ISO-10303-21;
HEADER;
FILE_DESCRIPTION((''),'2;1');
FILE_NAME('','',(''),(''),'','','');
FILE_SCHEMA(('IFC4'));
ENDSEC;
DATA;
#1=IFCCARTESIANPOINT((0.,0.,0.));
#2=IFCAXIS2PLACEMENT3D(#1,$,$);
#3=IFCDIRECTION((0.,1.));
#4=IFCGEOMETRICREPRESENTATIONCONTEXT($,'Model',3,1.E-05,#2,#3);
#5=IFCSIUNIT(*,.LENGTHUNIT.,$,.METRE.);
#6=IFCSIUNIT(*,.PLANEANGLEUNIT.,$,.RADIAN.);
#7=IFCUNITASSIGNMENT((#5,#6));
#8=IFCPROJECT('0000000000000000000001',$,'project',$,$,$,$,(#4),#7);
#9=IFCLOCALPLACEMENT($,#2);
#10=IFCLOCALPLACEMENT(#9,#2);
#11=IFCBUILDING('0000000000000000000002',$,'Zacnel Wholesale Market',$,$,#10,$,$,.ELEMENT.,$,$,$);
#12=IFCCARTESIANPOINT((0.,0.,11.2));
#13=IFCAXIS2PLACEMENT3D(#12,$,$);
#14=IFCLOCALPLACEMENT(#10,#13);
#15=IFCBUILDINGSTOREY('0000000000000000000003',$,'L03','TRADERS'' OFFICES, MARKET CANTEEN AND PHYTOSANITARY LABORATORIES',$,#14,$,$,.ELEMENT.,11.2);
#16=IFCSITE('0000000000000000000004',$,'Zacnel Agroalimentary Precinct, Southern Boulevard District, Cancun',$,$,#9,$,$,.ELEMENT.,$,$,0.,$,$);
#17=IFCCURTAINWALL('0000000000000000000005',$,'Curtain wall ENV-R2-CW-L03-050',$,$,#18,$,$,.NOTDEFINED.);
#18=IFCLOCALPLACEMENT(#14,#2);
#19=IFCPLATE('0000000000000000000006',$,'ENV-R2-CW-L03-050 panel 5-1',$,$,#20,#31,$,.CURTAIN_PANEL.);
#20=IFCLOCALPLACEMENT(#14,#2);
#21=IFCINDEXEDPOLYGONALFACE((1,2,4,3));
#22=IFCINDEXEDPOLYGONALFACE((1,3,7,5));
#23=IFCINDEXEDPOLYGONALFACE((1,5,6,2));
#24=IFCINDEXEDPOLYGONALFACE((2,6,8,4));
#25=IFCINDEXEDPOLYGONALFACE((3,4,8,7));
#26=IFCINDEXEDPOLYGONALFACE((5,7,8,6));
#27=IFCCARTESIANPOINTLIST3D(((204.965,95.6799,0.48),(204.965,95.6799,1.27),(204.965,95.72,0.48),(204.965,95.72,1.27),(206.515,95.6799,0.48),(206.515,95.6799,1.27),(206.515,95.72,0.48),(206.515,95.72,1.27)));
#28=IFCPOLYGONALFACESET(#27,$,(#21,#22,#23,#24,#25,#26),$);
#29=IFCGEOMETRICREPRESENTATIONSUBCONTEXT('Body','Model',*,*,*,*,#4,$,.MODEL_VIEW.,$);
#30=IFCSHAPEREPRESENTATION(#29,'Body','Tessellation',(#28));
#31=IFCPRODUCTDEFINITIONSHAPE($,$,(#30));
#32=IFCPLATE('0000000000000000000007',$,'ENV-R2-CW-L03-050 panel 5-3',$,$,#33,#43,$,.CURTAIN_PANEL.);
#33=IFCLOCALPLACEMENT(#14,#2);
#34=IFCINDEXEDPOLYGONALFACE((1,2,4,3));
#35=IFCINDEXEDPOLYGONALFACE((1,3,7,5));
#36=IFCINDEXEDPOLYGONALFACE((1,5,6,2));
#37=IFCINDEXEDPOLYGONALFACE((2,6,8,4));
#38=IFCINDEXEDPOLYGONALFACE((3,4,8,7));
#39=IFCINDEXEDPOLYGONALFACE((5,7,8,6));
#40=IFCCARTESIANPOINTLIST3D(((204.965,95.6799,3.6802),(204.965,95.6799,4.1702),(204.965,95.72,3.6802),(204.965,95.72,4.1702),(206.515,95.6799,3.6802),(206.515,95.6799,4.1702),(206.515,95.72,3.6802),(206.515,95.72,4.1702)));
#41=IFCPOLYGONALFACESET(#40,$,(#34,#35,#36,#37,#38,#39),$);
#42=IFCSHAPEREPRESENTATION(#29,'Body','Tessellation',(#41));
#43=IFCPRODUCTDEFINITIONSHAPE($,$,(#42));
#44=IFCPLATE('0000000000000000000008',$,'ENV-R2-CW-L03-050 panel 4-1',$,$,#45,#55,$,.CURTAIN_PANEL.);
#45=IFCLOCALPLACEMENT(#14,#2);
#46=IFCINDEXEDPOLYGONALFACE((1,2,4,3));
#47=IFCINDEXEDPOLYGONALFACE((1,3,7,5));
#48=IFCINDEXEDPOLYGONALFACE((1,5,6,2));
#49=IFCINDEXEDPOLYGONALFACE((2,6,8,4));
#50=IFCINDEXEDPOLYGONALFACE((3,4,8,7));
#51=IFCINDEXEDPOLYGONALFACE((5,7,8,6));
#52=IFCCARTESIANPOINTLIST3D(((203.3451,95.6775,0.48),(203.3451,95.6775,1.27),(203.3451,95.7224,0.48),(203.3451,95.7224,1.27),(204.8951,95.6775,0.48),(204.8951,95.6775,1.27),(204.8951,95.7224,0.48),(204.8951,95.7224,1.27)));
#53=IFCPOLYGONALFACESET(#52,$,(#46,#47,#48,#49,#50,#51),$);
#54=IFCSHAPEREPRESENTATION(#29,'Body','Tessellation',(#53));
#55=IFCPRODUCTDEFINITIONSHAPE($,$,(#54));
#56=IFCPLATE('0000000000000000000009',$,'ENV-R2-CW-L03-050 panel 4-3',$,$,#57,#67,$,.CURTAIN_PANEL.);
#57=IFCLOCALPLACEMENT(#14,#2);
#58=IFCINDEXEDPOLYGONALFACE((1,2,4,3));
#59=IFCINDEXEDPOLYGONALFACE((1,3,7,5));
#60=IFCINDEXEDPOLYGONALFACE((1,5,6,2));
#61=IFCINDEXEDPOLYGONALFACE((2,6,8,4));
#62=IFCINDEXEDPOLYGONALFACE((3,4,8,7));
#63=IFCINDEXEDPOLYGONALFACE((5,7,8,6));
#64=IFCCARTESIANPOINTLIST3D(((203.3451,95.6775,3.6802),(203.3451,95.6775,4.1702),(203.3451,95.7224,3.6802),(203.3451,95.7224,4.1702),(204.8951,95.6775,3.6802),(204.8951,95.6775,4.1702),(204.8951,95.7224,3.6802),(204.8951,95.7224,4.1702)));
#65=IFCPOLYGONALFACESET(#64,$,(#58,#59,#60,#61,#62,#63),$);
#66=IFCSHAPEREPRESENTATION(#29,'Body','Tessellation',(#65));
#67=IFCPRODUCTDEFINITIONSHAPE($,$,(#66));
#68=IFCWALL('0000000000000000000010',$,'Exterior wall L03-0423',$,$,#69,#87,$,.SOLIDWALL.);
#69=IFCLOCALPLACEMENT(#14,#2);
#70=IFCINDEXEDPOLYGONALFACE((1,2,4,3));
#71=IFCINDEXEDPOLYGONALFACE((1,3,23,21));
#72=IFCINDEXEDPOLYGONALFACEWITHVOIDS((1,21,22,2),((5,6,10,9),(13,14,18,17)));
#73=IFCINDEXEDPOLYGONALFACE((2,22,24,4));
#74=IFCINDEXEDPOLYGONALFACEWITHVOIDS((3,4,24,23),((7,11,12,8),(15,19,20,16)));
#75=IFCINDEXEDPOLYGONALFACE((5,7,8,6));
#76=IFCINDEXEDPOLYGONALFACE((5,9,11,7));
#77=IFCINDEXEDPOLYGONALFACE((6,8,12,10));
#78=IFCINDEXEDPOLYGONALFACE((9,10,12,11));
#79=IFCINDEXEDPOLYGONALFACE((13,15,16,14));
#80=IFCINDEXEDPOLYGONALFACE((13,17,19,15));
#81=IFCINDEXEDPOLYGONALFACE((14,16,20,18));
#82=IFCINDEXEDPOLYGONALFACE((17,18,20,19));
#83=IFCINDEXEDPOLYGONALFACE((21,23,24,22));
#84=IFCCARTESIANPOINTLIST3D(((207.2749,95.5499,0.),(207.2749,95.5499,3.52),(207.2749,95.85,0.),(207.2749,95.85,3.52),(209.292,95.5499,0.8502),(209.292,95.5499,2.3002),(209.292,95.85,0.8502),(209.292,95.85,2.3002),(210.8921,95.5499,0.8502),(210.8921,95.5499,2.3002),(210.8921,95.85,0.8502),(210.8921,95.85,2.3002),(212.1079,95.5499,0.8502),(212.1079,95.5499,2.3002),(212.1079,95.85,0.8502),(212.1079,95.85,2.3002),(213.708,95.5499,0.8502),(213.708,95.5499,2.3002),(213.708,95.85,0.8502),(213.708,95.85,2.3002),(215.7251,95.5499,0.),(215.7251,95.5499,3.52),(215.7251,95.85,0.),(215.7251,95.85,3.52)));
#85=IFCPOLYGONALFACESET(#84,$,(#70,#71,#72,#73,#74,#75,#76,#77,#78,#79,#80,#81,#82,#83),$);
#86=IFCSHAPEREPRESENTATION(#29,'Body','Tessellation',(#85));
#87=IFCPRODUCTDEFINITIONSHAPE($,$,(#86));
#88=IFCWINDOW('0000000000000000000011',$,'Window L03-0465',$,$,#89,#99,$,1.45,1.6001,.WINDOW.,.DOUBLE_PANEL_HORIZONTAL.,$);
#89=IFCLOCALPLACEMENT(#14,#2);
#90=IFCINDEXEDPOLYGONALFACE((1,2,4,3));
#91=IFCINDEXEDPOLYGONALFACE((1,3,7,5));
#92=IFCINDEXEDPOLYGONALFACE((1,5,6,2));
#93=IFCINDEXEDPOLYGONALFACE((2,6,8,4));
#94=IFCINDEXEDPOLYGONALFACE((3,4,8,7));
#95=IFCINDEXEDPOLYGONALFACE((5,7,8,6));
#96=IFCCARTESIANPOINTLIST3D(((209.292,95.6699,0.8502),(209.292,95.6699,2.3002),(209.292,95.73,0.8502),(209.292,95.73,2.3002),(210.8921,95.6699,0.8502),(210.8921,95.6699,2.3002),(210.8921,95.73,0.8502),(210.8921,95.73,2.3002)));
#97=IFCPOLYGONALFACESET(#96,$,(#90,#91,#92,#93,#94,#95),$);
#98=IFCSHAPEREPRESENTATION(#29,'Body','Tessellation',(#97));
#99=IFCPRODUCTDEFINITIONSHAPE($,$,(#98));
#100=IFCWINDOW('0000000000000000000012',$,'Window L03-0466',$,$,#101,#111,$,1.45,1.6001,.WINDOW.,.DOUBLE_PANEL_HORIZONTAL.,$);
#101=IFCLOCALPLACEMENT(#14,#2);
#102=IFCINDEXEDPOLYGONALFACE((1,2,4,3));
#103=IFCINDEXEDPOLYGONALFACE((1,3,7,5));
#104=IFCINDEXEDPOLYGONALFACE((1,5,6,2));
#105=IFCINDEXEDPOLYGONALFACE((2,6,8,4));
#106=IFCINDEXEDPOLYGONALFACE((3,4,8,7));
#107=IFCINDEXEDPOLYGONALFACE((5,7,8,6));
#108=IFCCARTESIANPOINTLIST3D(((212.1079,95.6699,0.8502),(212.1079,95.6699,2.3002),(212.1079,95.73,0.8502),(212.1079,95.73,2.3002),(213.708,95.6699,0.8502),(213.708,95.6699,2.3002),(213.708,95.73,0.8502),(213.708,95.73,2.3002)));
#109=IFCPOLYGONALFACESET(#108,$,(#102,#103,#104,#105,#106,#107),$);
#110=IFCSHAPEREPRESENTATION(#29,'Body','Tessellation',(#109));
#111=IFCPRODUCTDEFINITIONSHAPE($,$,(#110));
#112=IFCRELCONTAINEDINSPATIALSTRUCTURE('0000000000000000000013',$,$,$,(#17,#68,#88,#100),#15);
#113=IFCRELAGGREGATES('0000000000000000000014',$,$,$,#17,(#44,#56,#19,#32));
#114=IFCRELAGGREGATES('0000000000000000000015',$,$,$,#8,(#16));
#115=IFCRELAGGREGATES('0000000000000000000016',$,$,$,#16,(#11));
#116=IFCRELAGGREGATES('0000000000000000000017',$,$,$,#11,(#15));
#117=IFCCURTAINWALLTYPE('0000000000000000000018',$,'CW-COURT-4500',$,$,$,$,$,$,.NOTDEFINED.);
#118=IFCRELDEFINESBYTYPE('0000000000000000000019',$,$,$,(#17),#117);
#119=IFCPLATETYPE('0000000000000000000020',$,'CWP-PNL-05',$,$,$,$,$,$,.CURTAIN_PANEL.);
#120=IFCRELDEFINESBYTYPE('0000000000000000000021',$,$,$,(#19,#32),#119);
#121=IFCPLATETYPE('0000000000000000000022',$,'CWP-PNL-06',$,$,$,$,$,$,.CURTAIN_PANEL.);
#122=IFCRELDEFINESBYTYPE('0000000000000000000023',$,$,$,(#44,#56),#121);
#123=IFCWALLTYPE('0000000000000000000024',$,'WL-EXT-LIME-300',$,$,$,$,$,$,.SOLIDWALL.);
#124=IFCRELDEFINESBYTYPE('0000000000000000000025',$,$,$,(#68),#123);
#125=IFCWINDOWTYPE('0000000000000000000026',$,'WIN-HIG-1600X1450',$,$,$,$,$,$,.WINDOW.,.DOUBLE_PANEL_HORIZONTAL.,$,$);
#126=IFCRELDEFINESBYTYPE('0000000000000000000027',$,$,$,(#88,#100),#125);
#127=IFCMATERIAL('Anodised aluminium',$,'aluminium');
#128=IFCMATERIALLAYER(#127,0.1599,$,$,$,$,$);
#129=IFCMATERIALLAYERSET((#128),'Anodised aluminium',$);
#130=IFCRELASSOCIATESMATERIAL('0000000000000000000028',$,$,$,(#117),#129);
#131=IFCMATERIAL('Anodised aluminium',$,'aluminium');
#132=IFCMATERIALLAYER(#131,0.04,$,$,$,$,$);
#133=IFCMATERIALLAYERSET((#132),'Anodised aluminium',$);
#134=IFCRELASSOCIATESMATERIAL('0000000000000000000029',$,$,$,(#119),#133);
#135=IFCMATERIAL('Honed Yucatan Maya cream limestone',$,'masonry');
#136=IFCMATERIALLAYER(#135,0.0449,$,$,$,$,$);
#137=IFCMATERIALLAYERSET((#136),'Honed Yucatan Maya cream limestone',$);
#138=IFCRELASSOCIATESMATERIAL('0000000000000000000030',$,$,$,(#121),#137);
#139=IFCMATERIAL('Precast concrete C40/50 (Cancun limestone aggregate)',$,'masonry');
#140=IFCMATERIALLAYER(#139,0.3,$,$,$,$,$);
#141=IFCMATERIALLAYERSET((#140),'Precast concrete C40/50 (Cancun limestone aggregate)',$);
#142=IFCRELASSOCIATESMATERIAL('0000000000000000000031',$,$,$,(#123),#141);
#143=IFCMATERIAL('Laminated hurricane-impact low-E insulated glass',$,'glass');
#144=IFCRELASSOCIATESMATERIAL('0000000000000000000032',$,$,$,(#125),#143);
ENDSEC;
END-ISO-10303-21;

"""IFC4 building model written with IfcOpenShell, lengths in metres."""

from ifc_helpers import new_model, si_unit, direction, frame, frame_2d, origin, origin_2d, place, context, subcontext, project, spatial, rectangle, extrude, material, layer, layer_set, type_object, element, fill, aggregate, save


model = new_model("IFC4")

# Units and contexts
model_context = context("Model", 3, precision=1e-05, world=origin(), true_north=direction((0.0, 1.0)))
body_context = subcontext(model_context, "Body", "Model", "MODEL_VIEW")
ifc_project = project(units=[si_unit("LENGTHUNIT", "METRE"), si_unit("PLANEANGLEUNIT", "RADIAN")], contexts=[model_context])

# Site, building, storey
site_placement = place(None, origin())
site = spatial("IfcSite", under=ifc_project, at=site_placement, Name="Zacnel Agroalimentary Precinct, Southern Boulevard District, Cancun", CompositionType="ELEMENT", RefElevation=0.0)
building_placement = place(site_placement, origin())
building = spatial("IfcBuilding", under=site, at=building_placement, Name="Zacnel Wholesale Market", CompositionType="ELEMENT")
storey_placement = place(building_placement, frame((0.0, 0.0, 11.2)))
storey = spatial("IfcBuildingStorey", under=building, at=storey_placement, Name="L03", Description="TRADERS' OFFICES, MARKET CANTEEN AND PHYTOSANITARY LABORATORIES", CompositionType="ELEMENT", Elevation=11.2)

# Curtain wall, plates
ifc_material_1 = material(Name="Anodised aluminium", Category="aluminium")
ifc_layer_1 = layer(ifc_material_1, 0.1599)
ifc_layer_set_1 = layer_set([ifc_layer_1], Name="Anodised aluminium")
curtain_wall_type = type_object("IfcCurtainWallType", Name="CW-COURT-4500", PredefinedType="NOTDEFINED", material=ifc_layer_set_1)
curtain_wall_placement = place(storey_placement, origin())
curtain_wall = element("IfcCurtainWall", 1, at=curtain_wall_placement, inside=storey, type_object=curtain_wall_type, Name="Curtain wall ENV-R2-CW-L03-050", PredefinedType="NOTDEFINED")
ifc_material_2 = material(Name="Anodised aluminium", Category="aluminium")
ifc_layer_2 = layer(ifc_material_2, 0.04)
ifc_layer_set_2 = layer_set([ifc_layer_2], Name="Anodised aluminium")
plate_type_1 = type_object("IfcPlateType", Name="CWP-PNL-05", PredefinedType="CURTAIN_PANEL", material=ifc_layer_set_2)
plate_1_placement = place(storey_placement, frame((205.74, 95.7, 0.48), z_axis=(0.0, 0.0, 1.0), x_axis=(1.0, 0.0, 0.0)))
plate_1 = element("IfcPlate", 2, at=plate_1_placement, type_object=plate_type_1, Name="ENV-R2-CW-L03-050 panel 5-1", PredefinedType="CURTAIN_PANEL", context=body_context, shape_type="SweptSolid", body=[
    extrude(rectangle(XDim=1.55, YDim=0.04, at=origin_2d()), origin(), (0.0, 0.0, 1.0), 0.79),
])
plate_2_placement = place(storey_placement, frame((205.74, 95.7, 3.6802), z_axis=(0.0, 0.0, 1.0), x_axis=(1.0, 0.0, 0.0)))
plate_2 = element("IfcPlate", 3, at=plate_2_placement, type_object=plate_type_1, Name="ENV-R2-CW-L03-050 panel 5-3", PredefinedType="CURTAIN_PANEL", context=body_context, shape_type="SweptSolid", body=[
    extrude(rectangle(XDim=1.55, YDim=0.04, at=origin_2d()), origin(), (0.0, 0.0, 1.0), 0.49),
])
ifc_material_3 = material(Name="Honed Yucatan Maya cream limestone", Category="masonry")
ifc_layer_3 = layer(ifc_material_3, 0.0449)
ifc_layer_set_3 = layer_set([ifc_layer_3], Name="Honed Yucatan Maya cream limestone")
plate_type_2 = type_object("IfcPlateType", Name="CWP-PNL-06", PredefinedType="CURTAIN_PANEL", material=ifc_layer_set_3)
plate_3_placement = place(storey_placement, frame((204.1201, 95.7, 0.48), z_axis=(0.0, 0.0, 1.0), x_axis=(1.0, 0.0, 0.0)))
plate_3 = element("IfcPlate", 4, at=plate_3_placement, type_object=plate_type_2, Name="ENV-R2-CW-L03-050 panel 4-1", PredefinedType="CURTAIN_PANEL", context=body_context, shape_type="SweptSolid", body=[
    extrude(rectangle(XDim=1.55, YDim=0.0449, at=origin_2d()), origin(), (0.0, 0.0, 1.0), 0.79),
])
plate_4_placement = place(storey_placement, frame((204.1201, 95.7, 3.6802), z_axis=(0.0, 0.0, 1.0), x_axis=(1.0, 0.0, 0.0)))
plate_4 = element("IfcPlate", 5, at=plate_4_placement, type_object=plate_type_2, Name="ENV-R2-CW-L03-050 panel 4-3", PredefinedType="CURTAIN_PANEL", context=body_context, shape_type="SweptSolid", body=[
    extrude(rectangle(XDim=1.55, YDim=0.0449, at=origin_2d()), origin(), (0.0, 0.0, 1.0), 0.49),
])
aggregate(curtain_wall, [plate_3, plate_4, plate_1, plate_2])

# Wall, openings, windows
ifc_material_4 = material(Name="Precast concrete C40/50 (Cancun limestone aggregate)", Category="masonry")
ifc_layer_4 = layer(ifc_material_4, 0.3)
ifc_layer_set_4 = layer_set([ifc_layer_4], Name="Precast concrete C40/50 (Cancun limestone aggregate)")
wall_type = type_object("IfcWallType", Name="WL-EXT-LIME-300", PredefinedType="SOLIDWALL", material=ifc_layer_set_4)
wall_placement = place(storey_placement, frame((207.2749, 95.7, 0.0), z_axis=(0.0, 0.0, 1.0), x_axis=(1.0, 0.0, 0.0)))
wall = element("IfcWall", 6, at=wall_placement, inside=storey, type_object=wall_type, Name="Exterior wall L03-0423", PredefinedType="SOLIDWALL", context=body_context, shape_type="SweptSolid", body=[
    extrude(rectangle(XDim=8.4502, YDim=0.3, at=frame_2d((4.2251, 0.0))), origin(), (0.0, 0.0, 1.0), 3.52),
])
opening_1_placement = place(wall_placement, frame((2.0171, 0.0, 0.8501)))
opening_1 = element("IfcOpeningElement", 7, at=opening_1_placement, cuts=wall, PredefinedType="OPENING", context=body_context, shape_type="SweptSolid", body=[
    extrude(rectangle(XDim=1.6001, YDim=1.45, at=frame_2d((0.8, 0.7251))), frame((0.0, 0.1599, 0.0), z_axis=(0.0, -1.0, 0.0), x_axis=(1.0, 0.0, 0.0)), (0.0, 0.0, 1.0), 0.3201),
])
opening_2_placement = place(wall_placement, frame((4.833, 0.0, 0.8501)))
opening_2 = element("IfcOpeningElement", 8, at=opening_2_placement, cuts=wall, PredefinedType="OPENING", context=body_context, shape_type="SweptSolid", body=[
    extrude(rectangle(XDim=1.6001, YDim=1.45, at=frame_2d((0.8, 0.7251))), frame((0.0, 0.1599, 0.0), z_axis=(0.0, -1.0, 0.0), x_axis=(1.0, 0.0, 0.0)), (0.0, 0.0, 1.0), 0.3201),
])
ifc_material_5 = material(Name="Laminated hurricane-impact low-E insulated glass", Category="glass")
window_type = type_object("IfcWindowType", Name="WIN-HIG-1600X1450", PartitioningType="DOUBLE_PANEL_HORIZONTAL", PredefinedType="WINDOW", material=ifc_material_5)
window_1_placement = place(opening_1_placement, origin())
window_1 = element("IfcWindow", 9, at=window_1_placement, inside=storey, type_object=window_type, Name="Window L03-0465", OverallHeight=1.45, OverallWidth=1.6001, PartitioningType="DOUBLE_PANEL_HORIZONTAL", PredefinedType="WINDOW", context=body_context, shape_type="SweptSolid", body=[
    extrude(rectangle(XDim=1.6001, YDim=1.45, at=frame_2d((0.8, 0.7251))), frame((0.0, 0.03, 0.0), z_axis=(0.0, -1.0, 0.0), x_axis=(1.0, 0.0, 0.0)), (0.0, 0.0, 1.0), 0.0601),
])
fill(opening_1, window_1)
window_2_placement = place(opening_2_placement, origin())
window_2 = element("IfcWindow", 10, at=window_2_placement, inside=storey, type_object=window_type, Name="Window L03-0466", OverallHeight=1.45, OverallWidth=1.6001, PartitioningType="DOUBLE_PANEL_HORIZONTAL", PredefinedType="WINDOW", context=body_context, shape_type="SweptSolid", body=[
    extrude(rectangle(XDim=1.6001, YDim=1.45, at=frame_2d((0.8, 0.7251))), frame((0.0, 0.03, 0.0), z_axis=(0.0, -1.0, 0.0), x_axis=(1.0, 0.0, 0.0)), (0.0, 0.0, 1.0), 0.0601),
])
fill(opening_2, window_2)

save(model, "model.ifc")
